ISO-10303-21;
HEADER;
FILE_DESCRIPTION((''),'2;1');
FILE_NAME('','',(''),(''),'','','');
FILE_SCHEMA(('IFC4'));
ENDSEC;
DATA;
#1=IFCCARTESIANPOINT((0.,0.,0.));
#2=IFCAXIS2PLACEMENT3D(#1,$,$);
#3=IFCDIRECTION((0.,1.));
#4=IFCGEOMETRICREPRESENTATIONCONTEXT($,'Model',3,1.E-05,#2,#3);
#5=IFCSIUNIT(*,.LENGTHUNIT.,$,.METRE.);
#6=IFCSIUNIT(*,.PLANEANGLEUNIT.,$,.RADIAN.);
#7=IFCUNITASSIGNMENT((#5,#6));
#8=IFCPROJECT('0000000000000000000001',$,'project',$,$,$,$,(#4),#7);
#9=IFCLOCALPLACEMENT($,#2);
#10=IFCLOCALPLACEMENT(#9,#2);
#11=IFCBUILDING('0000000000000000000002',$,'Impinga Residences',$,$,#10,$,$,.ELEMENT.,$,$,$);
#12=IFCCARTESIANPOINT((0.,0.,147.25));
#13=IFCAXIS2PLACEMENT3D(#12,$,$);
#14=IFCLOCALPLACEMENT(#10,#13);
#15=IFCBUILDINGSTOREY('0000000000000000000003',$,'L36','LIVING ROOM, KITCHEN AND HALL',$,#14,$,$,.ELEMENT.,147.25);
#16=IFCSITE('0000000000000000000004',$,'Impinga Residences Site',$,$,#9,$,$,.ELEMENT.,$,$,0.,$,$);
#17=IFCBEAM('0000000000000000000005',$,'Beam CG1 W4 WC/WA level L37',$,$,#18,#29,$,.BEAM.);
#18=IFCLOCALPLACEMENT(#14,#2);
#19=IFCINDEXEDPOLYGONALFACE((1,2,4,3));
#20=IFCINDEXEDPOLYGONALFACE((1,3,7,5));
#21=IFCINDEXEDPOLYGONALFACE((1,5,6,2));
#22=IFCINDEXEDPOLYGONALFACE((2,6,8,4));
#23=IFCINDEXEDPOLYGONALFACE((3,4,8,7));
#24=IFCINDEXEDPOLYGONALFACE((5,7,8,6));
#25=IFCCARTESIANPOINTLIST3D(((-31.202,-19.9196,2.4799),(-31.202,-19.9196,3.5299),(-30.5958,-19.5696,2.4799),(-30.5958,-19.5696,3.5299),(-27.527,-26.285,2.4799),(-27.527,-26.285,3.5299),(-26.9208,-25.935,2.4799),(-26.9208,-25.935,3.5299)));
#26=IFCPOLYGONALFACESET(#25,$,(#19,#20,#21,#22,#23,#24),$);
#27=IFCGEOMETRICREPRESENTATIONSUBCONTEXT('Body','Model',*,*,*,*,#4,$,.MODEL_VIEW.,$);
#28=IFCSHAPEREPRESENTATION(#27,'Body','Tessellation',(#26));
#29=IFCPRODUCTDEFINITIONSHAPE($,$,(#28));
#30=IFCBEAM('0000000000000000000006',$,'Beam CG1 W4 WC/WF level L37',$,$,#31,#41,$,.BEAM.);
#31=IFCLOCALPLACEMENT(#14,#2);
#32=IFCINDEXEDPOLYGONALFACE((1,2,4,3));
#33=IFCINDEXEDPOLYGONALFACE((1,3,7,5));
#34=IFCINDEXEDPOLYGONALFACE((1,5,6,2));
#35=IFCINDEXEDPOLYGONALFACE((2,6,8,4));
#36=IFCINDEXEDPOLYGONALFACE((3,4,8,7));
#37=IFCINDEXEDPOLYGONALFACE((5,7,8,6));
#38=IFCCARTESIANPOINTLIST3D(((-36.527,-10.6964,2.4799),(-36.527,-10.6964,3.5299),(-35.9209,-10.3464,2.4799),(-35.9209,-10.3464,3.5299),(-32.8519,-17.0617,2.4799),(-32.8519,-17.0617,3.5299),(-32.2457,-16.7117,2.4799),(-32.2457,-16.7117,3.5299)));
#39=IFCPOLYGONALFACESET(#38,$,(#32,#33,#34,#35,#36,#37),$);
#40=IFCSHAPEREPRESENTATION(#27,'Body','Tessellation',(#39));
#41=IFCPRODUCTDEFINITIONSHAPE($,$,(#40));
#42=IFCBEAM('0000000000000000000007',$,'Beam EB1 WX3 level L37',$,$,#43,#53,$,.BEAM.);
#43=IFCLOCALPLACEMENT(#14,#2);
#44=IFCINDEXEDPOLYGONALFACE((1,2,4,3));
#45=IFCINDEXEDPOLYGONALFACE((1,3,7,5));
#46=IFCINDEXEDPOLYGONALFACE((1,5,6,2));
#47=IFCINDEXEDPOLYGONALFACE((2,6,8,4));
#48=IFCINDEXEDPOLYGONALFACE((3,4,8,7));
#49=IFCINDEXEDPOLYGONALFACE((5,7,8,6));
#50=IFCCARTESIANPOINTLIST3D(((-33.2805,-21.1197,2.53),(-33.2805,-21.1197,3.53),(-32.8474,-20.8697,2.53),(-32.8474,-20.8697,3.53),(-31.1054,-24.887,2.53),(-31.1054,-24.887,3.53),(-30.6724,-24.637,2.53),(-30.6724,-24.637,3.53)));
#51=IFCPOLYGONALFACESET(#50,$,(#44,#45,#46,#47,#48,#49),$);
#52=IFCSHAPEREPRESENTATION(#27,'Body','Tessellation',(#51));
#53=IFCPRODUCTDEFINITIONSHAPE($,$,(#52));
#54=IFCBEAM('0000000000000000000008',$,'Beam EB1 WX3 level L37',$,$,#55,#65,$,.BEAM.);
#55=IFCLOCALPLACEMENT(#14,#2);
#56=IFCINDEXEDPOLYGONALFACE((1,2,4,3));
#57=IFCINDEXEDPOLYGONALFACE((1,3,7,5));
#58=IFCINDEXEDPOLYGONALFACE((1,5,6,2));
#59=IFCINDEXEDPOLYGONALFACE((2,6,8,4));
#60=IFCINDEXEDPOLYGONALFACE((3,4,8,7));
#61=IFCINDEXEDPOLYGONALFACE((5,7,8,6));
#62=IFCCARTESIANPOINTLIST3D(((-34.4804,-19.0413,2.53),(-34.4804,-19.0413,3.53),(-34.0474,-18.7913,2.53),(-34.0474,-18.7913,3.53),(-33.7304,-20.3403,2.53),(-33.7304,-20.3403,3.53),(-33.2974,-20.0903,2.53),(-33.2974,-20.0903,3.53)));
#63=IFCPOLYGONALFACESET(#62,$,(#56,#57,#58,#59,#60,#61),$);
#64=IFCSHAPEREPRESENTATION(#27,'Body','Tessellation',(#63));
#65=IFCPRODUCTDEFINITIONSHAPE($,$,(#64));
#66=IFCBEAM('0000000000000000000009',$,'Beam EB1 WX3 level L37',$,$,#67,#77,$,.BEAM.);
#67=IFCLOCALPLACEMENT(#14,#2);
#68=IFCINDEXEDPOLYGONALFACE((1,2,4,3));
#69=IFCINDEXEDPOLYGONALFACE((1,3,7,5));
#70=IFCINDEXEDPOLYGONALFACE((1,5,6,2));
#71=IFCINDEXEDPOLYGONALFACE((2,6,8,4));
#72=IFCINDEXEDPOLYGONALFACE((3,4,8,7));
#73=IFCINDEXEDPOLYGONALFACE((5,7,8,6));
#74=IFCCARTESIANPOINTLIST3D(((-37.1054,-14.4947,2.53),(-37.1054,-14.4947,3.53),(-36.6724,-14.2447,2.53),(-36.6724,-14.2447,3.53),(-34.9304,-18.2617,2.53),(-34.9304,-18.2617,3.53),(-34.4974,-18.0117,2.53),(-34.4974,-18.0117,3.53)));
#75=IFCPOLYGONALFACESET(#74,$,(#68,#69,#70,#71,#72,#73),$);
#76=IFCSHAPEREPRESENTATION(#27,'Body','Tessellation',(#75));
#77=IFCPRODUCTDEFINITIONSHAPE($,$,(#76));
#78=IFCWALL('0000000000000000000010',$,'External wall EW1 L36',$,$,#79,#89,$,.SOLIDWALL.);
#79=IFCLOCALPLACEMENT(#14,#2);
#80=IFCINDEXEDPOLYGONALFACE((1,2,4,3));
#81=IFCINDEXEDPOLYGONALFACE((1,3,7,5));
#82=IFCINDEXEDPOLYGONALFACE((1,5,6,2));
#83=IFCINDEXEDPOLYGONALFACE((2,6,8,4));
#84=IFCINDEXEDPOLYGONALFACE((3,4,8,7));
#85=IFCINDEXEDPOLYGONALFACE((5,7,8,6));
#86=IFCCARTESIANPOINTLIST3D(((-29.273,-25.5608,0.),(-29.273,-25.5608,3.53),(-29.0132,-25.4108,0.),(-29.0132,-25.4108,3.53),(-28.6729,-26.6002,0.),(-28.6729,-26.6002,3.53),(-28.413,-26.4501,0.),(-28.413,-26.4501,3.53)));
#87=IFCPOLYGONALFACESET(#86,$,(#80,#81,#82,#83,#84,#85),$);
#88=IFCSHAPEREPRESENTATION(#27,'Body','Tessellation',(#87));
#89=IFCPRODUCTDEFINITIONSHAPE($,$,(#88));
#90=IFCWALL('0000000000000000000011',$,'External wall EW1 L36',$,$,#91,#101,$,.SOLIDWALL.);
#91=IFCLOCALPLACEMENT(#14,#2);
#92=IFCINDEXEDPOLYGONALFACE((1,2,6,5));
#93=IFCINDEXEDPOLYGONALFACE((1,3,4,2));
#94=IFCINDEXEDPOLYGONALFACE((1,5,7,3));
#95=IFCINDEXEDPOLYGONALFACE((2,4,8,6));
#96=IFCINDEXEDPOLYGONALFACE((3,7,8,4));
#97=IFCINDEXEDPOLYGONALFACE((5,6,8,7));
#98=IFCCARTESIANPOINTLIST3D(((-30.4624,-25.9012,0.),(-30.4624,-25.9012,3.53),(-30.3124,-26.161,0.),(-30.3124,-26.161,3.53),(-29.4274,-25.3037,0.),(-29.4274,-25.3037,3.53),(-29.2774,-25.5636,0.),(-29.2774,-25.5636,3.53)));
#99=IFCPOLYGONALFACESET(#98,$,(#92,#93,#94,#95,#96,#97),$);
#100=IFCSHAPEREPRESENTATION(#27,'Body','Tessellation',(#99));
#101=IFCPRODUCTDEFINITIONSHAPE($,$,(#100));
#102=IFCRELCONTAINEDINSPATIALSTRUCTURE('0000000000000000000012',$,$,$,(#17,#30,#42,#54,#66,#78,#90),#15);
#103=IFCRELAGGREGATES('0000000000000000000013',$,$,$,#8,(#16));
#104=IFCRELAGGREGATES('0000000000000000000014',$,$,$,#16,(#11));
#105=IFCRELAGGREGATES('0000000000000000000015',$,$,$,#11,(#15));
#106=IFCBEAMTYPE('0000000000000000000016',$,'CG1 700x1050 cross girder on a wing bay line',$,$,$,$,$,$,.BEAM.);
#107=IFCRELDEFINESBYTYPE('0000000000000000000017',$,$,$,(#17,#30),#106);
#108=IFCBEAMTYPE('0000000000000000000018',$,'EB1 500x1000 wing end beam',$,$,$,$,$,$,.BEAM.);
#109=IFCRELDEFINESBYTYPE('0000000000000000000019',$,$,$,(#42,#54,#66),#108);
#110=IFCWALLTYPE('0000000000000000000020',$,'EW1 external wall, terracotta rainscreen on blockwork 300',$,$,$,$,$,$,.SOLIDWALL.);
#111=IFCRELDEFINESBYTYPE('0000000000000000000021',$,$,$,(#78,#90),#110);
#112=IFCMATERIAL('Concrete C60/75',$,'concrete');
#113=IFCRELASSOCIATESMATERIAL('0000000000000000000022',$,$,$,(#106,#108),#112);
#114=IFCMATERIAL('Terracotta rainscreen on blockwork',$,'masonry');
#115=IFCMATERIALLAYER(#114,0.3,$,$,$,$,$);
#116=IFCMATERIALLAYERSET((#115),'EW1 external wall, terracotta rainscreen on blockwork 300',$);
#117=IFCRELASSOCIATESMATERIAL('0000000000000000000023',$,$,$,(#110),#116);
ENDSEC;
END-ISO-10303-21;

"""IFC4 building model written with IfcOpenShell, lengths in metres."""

from ifc_helpers import new_model, si_unit, direction, frame, frame_2d, origin, origin_2d, place, context, subcontext, project, spatial, rectangle, extrude, material, layer, layer_set, material_profile, profile_set, type_object, element, save


model = new_model("IFC4")

# Units and contexts
model_context = context("Model", 3, precision=1e-05, world=origin(), true_north=direction((0.0, 1.0)))
body_context = subcontext(model_context, "Body", "Model", "MODEL_VIEW")
ifc_project = project(units=[si_unit("LENGTHUNIT", "METRE"), si_unit("PLANEANGLEUNIT", "RADIAN")], contexts=[model_context])

# Site, building, storey
site_placement = place(None, origin())
site = spatial("IfcSite", under=ifc_project, at=site_placement, Name="Impinga Residences Site", CompositionType="ELEMENT", RefElevation=0.0)
building_placement = place(site_placement, origin())
building = spatial("IfcBuilding", under=site, at=building_placement, Name="Impinga Residences", CompositionType="ELEMENT")
storey_placement = place(building_placement, frame((0.0, 0.0, 147.25)))
storey = spatial("IfcBuildingStorey", under=building, at=storey_placement, Name="L36", Description="LIVING ROOM, KITCHEN AND HALL", CompositionType="ELEMENT", Elevation=147.25)

# Beams
ifc_material_1 = material(Name="Concrete C60/75", Category="concrete")
ifc_material_profile_1 = material_profile(ifc_material_1, rectangle(XDim=0.7, YDim=1.05, at=origin_2d()), Name="RC 700x1050")
ifc_profile_set_1 = profile_set([ifc_material_profile_1], Name="Concrete C60/75")
beam_type_1 = type_object("IfcBeamType", Name="CG1 700x1050 cross girder on a wing bay line", PredefinedType="BEAM", material=ifc_profile_set_1)
for number, where, z_axis, x_axis, name in (
    (1, (-30.8989, -19.7446, 3.0049), (0.499994, -0.866029, 0.0), (0.866029, 0.499994, 0.0), "Beam CG1 W4 WC/WA level L37"),
    (2, (-32.5488, -16.8867, 3.0049), (-0.500008, 0.866021, 0.0), (-0.866021, -0.500008, 0.0), "Beam CG1 W4 WC/WF level L37"),
):
    element("IfcBeam", number, at=place(storey_placement, frame(where, z_axis=z_axis, x_axis=x_axis)), inside=storey, type_object=beam_type_1, Name=name, PredefinedType="BEAM", context=body_context, shape_type="SweptSolid", body=[
        extrude(rectangle(XDim=0.7, YDim=1.05, at=origin_2d()), origin(), (0.0, 0.0, 1.0), 7.3501),
    ])
ifc_material_profile_2 = material_profile(ifc_material_1, rectangle(XDim=0.5, YDim=1.0, at=origin_2d()), Name="RC 500x1000")
ifc_profile_set_2 = profile_set([ifc_material_profile_2], Name="Concrete C60/75")
beam_type_2 = type_object("IfcBeamType", Name="EB1 500x1000 wing end beam", PredefinedType="BEAM", material=ifc_profile_set_2)
beam_1_placement = place(storey_placement, frame((-30.8889, -24.762, 3.03), z_axis=(-0.499996, 0.866028, 0.0), x_axis=(-0.866028, -0.499996, 0.0)))
element("IfcBeam", 3, at=beam_1_placement, inside=storey, type_object=beam_type_2, Name="Beam EB1 WX3 level L37", PredefinedType="BEAM", context=body_context, shape_type="SweptSolid", body=[
    extrude(rectangle(XDim=0.5, YDim=1.0, at=origin_2d()), origin(), (0.0, 0.0, 1.0), 4.3501),
])
beam_2_placement = place(storey_placement, frame((-33.5139, -20.2153, 3.03), z_axis=(-0.49999, 0.866031, 0.0), x_axis=(-0.866031, -0.49999, 0.0)))
element("IfcBeam", 4, at=beam_2_placement, inside=storey, type_object=beam_type_2, Name="Beam EB1 WX3 level L37", PredefinedType="BEAM", context=body_context, shape_type="SweptSolid", body=[
    extrude(rectangle(XDim=0.5, YDim=1.0, at=origin_2d()), origin(), (0.0, 0.0, 1.0), 1.5),
])
beam_3_placement = place(storey_placement, frame((-34.7139, -18.1367, 3.03), z_axis=(-0.50002, 0.866014, 0.0), x_axis=(-0.866014, -0.50002, 0.0)))
element("IfcBeam", 5, at=beam_3_placement, inside=storey, type_object=beam_type_2, Name="Beam EB1 WX3 level L37", PredefinedType="BEAM", context=body_context, shape_type="SweptSolid", body=[
    extrude(rectangle(XDim=0.5, YDim=1.0, at=origin_2d()), origin(), (0.0, 0.0, 1.0), 4.3499),
])

# Walls
ifc_material_2 = material(Name="Terracotta rainscreen on blockwork", Category="masonry")
ifc_layer_1 = layer(ifc_material_2, 0.3)
ifc_layer_set_1 = layer_set([ifc_layer_1], Name="EW1 external wall, terracotta rainscreen on blockwork 300")
wall_type_1 = type_object("IfcWallType", Name="EW1 external wall, terracotta rainscreen on blockwork 300", PredefinedType="SOLIDWALL", material=ifc_layer_set_1)
wall_1_placement = place(storey_placement, frame((-28.543, -26.5251, 0.0), z_axis=(0.0, 0.0, 1.0), x_axis=(-0.500034, 0.866006, 0.0)))
element("IfcWall", 6, at=wall_1_placement, inside=storey, type_object=wall_type_1, Name="External wall EW1 L36", PredefinedType="SOLIDWALL", context=body_context, shape_type="SweptSolid", body=[
    extrude(rectangle(XDim=1.2002, YDim=0.3, at=frame_2d((0.6001, 0.0))), origin(), (0.0, 0.0, 1.0), 3.53),
])
wall_2_placement = place(storey_placement, frame((-29.3523, -25.4336, 0.0), z_axis=(0.0, 0.0, 1.0), x_axis=(-0.86606, -0.499941, 0.0)))
element("IfcWall", 7, at=wall_2_placement, inside=storey, type_object=wall_type_1, Name="External wall EW1 L36", PredefinedType="SOLIDWALL", context=body_context, shape_type="SweptSolid", body=[
    extrude(rectangle(XDim=1.1951, YDim=0.3, at=frame_2d((0.5977, 0.0))), origin(), (0.0, 0.0, 1.0), 3.53),
])

save(model, "model.ifc")
